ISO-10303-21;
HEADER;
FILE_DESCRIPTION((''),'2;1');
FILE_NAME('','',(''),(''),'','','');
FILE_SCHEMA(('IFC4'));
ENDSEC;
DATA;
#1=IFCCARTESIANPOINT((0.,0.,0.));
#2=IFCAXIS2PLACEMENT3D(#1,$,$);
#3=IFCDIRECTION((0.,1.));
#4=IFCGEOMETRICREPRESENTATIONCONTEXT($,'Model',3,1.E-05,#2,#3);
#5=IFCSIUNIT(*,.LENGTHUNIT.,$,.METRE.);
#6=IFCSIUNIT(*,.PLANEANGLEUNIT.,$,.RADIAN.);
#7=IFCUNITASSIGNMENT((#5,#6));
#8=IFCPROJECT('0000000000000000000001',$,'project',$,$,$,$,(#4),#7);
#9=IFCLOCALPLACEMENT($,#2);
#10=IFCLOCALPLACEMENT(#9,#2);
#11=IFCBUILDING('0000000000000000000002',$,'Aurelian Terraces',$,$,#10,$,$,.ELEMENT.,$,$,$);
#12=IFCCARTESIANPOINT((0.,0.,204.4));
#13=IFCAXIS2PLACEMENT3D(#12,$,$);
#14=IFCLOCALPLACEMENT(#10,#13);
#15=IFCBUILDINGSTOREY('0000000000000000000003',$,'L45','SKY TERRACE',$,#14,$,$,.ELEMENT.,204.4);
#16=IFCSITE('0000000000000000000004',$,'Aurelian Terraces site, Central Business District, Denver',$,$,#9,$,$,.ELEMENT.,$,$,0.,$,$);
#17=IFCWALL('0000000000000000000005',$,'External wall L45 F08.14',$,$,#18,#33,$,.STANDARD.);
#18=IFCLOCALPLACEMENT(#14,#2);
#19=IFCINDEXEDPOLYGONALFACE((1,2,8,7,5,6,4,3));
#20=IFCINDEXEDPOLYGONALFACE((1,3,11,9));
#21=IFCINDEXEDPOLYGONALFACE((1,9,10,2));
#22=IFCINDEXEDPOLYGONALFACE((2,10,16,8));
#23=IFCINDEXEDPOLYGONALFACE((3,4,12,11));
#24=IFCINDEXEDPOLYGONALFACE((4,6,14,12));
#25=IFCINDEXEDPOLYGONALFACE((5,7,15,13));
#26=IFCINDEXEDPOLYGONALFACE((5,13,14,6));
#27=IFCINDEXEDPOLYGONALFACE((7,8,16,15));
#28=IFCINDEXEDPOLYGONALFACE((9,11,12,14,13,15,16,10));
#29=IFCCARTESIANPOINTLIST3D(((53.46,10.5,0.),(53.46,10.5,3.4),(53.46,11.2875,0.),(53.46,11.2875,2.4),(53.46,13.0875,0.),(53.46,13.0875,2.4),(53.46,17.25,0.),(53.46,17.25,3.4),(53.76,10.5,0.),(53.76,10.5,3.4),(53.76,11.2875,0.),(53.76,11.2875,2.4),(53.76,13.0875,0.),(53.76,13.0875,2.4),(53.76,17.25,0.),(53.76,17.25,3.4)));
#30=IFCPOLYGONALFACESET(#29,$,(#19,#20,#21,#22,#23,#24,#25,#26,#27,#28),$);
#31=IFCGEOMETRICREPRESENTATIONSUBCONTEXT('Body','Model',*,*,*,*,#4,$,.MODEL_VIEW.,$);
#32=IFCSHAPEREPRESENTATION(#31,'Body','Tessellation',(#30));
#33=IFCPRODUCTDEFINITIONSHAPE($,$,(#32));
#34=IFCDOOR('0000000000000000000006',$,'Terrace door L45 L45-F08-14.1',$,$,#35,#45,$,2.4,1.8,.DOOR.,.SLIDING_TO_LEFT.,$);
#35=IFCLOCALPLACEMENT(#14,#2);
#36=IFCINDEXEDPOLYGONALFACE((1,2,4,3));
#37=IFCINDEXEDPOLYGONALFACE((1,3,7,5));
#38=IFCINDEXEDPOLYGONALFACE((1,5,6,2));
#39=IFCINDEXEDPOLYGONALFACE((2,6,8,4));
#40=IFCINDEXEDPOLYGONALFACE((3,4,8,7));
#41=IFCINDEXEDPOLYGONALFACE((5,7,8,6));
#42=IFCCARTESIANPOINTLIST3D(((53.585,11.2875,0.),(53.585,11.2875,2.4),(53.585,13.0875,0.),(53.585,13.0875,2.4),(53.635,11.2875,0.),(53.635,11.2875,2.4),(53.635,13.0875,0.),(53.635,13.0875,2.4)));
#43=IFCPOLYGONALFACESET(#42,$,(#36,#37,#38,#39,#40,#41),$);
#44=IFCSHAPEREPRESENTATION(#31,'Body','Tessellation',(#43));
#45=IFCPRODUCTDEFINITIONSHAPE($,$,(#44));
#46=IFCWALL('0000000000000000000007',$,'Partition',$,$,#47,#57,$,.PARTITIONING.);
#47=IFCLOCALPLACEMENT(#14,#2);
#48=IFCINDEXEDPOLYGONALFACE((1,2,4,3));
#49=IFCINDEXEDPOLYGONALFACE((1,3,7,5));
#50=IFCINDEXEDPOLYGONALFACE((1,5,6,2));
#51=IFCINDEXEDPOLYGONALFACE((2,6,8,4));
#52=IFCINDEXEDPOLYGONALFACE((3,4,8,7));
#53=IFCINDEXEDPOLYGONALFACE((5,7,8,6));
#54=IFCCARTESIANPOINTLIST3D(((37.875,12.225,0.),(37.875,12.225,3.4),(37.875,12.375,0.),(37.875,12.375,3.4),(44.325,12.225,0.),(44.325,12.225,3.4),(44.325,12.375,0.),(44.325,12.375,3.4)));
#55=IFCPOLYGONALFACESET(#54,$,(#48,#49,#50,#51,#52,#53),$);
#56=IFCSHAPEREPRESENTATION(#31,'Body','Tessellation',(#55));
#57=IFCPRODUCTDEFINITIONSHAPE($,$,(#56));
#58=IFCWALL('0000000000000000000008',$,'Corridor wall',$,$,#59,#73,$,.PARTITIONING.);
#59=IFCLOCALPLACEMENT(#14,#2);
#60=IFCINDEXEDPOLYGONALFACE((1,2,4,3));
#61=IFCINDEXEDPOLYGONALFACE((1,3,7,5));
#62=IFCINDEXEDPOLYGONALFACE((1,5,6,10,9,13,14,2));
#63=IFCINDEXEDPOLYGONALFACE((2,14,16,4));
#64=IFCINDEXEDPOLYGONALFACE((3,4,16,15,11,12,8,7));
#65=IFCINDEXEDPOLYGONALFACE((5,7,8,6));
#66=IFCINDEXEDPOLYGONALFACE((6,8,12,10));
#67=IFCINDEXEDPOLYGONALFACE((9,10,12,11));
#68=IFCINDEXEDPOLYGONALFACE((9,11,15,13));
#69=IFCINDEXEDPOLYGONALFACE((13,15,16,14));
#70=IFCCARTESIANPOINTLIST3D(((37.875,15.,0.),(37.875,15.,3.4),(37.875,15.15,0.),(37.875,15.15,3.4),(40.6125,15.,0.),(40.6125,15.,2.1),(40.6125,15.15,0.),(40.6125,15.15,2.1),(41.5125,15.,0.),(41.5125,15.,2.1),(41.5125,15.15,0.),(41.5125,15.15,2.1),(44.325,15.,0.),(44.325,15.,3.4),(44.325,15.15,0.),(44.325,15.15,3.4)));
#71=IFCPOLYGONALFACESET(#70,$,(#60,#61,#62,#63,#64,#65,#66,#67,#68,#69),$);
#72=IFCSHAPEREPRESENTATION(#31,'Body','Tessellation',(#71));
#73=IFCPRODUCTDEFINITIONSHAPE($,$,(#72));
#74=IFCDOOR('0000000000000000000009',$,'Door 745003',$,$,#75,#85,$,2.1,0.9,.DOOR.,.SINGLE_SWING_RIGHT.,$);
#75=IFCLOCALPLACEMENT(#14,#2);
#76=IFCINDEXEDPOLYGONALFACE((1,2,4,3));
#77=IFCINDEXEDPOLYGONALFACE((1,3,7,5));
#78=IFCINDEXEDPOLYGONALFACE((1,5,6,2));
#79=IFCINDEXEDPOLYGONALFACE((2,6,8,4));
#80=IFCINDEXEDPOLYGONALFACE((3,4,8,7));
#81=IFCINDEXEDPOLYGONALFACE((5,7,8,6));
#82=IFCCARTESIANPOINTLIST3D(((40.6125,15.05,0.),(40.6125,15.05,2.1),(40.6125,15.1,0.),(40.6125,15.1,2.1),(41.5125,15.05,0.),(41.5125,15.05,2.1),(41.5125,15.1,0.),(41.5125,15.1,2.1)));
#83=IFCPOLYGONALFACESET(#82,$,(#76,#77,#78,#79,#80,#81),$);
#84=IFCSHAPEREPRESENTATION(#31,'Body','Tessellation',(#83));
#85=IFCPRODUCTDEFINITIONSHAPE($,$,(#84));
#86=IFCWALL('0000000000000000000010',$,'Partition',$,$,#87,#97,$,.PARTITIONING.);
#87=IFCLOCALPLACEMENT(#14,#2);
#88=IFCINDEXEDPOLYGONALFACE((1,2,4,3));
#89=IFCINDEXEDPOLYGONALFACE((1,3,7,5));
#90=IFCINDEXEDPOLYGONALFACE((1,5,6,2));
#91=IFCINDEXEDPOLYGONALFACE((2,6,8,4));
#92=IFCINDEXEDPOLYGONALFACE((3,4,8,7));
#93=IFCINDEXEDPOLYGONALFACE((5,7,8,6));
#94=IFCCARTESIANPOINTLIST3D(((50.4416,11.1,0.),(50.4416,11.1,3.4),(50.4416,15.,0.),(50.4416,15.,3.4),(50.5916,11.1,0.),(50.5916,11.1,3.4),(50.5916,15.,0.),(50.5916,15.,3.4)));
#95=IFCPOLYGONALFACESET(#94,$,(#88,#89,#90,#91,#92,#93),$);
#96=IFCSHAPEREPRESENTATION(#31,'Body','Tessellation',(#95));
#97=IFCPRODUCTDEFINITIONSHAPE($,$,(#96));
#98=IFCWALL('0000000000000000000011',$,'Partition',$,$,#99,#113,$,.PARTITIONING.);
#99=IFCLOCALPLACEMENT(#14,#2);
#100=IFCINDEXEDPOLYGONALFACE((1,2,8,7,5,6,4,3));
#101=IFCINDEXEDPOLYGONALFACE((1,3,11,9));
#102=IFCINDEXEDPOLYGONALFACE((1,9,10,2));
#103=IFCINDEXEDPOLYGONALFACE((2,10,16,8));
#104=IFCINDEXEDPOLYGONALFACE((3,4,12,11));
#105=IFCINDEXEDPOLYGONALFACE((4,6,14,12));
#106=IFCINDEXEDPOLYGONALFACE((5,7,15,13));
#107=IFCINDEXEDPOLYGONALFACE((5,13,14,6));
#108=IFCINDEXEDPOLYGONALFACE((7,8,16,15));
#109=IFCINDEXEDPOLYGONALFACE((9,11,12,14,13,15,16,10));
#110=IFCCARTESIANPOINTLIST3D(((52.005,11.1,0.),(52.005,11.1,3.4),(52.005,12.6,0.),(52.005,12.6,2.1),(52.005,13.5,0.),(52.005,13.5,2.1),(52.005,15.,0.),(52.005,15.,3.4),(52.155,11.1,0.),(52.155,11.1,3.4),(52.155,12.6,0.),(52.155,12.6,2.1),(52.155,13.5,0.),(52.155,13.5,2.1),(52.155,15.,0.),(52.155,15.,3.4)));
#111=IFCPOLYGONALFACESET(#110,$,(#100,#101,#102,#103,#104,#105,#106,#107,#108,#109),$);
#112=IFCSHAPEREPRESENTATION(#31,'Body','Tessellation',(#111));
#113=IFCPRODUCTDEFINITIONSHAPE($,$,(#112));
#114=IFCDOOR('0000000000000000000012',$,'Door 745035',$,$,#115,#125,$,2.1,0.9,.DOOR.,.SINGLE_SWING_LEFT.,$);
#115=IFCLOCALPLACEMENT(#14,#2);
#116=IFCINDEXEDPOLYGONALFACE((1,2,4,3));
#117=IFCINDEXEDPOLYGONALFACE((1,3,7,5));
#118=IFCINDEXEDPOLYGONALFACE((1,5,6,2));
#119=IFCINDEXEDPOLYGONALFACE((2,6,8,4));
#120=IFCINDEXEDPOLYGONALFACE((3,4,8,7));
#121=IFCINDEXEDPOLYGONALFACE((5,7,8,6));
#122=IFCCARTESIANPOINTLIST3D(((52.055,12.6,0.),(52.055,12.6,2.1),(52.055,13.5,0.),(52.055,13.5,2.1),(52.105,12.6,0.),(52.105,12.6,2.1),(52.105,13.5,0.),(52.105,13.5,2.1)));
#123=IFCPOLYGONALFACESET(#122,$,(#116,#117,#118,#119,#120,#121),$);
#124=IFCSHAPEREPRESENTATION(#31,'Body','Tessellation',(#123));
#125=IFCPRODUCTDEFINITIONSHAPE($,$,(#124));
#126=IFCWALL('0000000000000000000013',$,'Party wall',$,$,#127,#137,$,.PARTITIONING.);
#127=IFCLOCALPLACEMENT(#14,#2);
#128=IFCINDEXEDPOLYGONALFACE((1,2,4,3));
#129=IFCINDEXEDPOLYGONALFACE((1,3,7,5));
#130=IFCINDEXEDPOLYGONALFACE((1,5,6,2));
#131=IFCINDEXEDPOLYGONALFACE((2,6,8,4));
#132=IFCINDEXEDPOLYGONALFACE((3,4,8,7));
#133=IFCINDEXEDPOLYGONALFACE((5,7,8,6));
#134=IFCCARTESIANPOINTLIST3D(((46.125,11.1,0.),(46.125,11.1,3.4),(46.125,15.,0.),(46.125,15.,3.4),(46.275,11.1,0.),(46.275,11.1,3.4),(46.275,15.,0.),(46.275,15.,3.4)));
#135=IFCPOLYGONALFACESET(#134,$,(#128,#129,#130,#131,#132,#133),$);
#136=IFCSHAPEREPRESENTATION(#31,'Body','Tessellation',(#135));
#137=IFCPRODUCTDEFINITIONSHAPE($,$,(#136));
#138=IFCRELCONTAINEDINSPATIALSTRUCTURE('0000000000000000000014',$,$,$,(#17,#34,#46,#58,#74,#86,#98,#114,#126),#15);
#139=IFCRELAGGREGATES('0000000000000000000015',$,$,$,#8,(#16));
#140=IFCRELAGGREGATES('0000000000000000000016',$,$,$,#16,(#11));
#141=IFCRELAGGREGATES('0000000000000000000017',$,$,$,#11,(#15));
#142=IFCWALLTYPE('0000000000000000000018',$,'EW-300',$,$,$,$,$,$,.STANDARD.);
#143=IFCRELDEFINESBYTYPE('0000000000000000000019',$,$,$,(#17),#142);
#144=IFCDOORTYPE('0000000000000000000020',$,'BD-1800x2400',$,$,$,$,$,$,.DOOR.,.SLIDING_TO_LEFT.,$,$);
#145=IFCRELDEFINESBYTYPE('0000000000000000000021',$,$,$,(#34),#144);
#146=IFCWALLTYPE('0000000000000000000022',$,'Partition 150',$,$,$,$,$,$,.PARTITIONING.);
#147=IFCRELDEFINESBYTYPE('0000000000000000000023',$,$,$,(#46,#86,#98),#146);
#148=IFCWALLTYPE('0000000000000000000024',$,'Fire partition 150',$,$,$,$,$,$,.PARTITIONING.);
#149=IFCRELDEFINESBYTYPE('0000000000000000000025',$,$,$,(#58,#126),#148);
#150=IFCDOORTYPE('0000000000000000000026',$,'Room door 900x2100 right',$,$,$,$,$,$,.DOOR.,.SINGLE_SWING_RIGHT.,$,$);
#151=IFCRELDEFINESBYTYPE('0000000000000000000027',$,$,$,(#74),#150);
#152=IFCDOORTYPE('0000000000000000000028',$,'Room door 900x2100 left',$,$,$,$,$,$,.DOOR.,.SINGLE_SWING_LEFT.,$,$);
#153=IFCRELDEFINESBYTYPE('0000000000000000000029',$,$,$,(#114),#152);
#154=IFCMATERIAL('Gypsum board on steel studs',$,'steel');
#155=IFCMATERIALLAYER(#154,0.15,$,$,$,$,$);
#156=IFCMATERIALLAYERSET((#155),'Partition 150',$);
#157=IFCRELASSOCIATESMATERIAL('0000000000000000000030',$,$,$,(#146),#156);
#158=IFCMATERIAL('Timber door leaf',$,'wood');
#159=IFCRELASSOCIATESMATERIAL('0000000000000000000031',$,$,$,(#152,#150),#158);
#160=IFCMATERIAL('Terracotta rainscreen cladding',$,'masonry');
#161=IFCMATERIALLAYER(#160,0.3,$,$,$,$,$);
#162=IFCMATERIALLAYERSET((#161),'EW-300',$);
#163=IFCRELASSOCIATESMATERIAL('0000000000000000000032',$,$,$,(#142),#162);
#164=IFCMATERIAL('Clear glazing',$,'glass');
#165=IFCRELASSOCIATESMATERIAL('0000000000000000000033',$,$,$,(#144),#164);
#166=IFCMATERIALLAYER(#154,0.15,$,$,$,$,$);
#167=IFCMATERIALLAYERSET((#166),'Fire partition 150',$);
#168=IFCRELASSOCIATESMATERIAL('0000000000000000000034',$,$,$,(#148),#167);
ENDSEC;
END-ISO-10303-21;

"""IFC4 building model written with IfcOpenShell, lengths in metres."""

from ifc_helpers import new_model, si_unit, direction, frame, frame_2d, origin, place, context, subcontext, project, spatial, rectangle, extrude, source, transform, mapped, material, layer, layer_set, type_object, element, fill, save


model = new_model("IFC4")

# Units and contexts
model_context = context("Model", 3, precision=1e-05, world=origin(), true_north=direction((0.0, 1.0)))
body_context = subcontext(model_context, "Body", "Model", "MODEL_VIEW")
ifc_project = project(units=[si_unit("LENGTHUNIT", "METRE"), si_unit("PLANEANGLEUNIT", "RADIAN")], contexts=[model_context])

# Site, building, storey
site_placement = place(None, origin())
site = spatial("IfcSite", under=ifc_project, at=site_placement, Name="Aurelian Terraces site, Central Business District, Denver", CompositionType="ELEMENT", RefElevation=0.0)
building_placement = place(site_placement, origin())
building = spatial("IfcBuilding", under=site, at=building_placement, Name="Aurelian Terraces", CompositionType="ELEMENT")
storey_placement = place(building_placement, frame((0.0, 0.0, 204.4)))
storey = spatial("IfcBuildingStorey", under=building, at=storey_placement, Name="L45", Description="SKY TERRACE", CompositionType="ELEMENT", Elevation=204.4)

# Shared definitions
ifc_material_1 = material(Name="Gypsum board on steel studs", Category="steel")
ifc_layer_1 = layer(ifc_material_1, 0.15)
ifc_layer_set_1 = layer_set([ifc_layer_1], Name="Partition 150")
wall_type_1 = type_object("IfcWallType", Name="Partition 150", PredefinedType="PARTITIONING", material=ifc_layer_set_1)
shared_shape_1 = source(origin(), body_context, "Body", "SweptSolid", [
    extrude(rectangle(XDim=0.9, YDim=2.1, at=frame_2d((0.45, 1.05))), frame((0.0, 0.085, 0.0), z_axis=(0.0, -1.0, 0.0), x_axis=(1.0, 0.0, 0.0)), (0.0, 0.0, 1.0), 0.17),
])
ifc_material_2 = material(Name="Timber door leaf", Category="wood")
door_type_1 = type_object("IfcDoorType", Name="Room door 900x2100 left", OperationType="SINGLE_SWING_LEFT", PredefinedType="DOOR", material=ifc_material_2)
shared_shape_2 = source(origin(), body_context, "Body", "SweptSolid", [
    extrude(rectangle(XDim=0.9, YDim=2.1, at=frame_2d((0.45, 1.05))), frame((0.0, 0.025, 0.0), z_axis=(0.0, -1.0, 0.0), x_axis=(1.0, 0.0, 0.0)), (0.0, 0.0, 1.0), 0.05),
])

# Shared definitions
ifc_material_3 = material(Name="Terracotta rainscreen cladding", Category="masonry")
ifc_layer_2 = layer(ifc_material_3, 0.3)
ifc_layer_set_2 = layer_set([ifc_layer_2], Name="EW-300")
wall_type_2 = type_object("IfcWallType", Name="EW-300", PredefinedType="STANDARD", material=ifc_layer_set_2)
ifc_material_4 = material(Name="Clear glazing", Category="glass")

# Wall, opening, door
shared_shape_3 = source(origin(), body_context, "Body", "SweptSolid", [
    extrude(rectangle(XDim=6.75, YDim=0.3, at=frame_2d((3.375, 0.0))), origin(), (0.0, 0.0, 1.0), 3.4),
])
wall_1_placement = place(storey_placement, frame((53.61, 10.5, 0.0), z_axis=(0.0, 0.0, 1.0), x_axis=(0.0, 1.0, 0.0)))
wall_1 = element("IfcWall", 1, at=wall_1_placement, inside=storey, type_object=wall_type_2, Name="External wall L45 F08.14", PredefinedType="STANDARD", context=body_context, shape_type="MappedRepresentation", body=[
    mapped(shared_shape_3, transform((0.0, 0.0, 0.0), scale=1.0)),
])
shared_shape_4 = source(origin(), body_context, "Body", "SweptSolid", [
    extrude(rectangle(XDim=1.8, YDim=2.4, at=frame_2d((0.9, 1.2))), frame((0.0, 0.16, 0.0), z_axis=(0.0, -1.0, 0.0), x_axis=(1.0, 0.0, 0.0)), (0.0, 0.0, 1.0), 0.32),
])
opening_1_placement = place(wall_1_placement, frame((0.7875, 0.0, 0.0)))
opening_1 = element("IfcOpeningElement", 2, at=opening_1_placement, cuts=wall_1, PredefinedType="OPENING", context=body_context, shape_type="MappedRepresentation", body=[
    mapped(shared_shape_4, transform((0.0, 0.0, 0.0), scale=1.0)),
])
door_type_2 = type_object("IfcDoorType", Name="BD-1800x2400", OperationType="SLIDING_TO_LEFT", PredefinedType="DOOR", material=ifc_material_4)
shared_shape_5 = source(origin(), body_context, "Body", "SweptSolid", [
    extrude(rectangle(XDim=1.8, YDim=2.4, at=frame_2d((0.9, 1.2))), frame((0.0, 0.025, 0.0), z_axis=(0.0, -1.0, 0.0), x_axis=(1.0, 0.0, 0.0)), (0.0, 0.0, 1.0), 0.05),
])
door_1_placement = place(opening_1_placement, origin())
door_1 = element("IfcDoor", 3, at=door_1_placement, inside=storey, type_object=door_type_2, Name="Terrace door L45 L45-F08-14.1", OperationType="SLIDING_TO_LEFT", OverallHeight=2.4, OverallWidth=1.8, PredefinedType="DOOR", context=body_context, shape_type="MappedRepresentation", body=[
    mapped(shared_shape_5, transform((0.0, 0.0, 0.0), scale=1.0)),
])
fill(opening_1, door_1)

# Wall
shared_shape_6 = source(origin(), body_context, "Body", "SweptSolid", [
    extrude(rectangle(XDim=6.45, YDim=0.15, at=frame_2d((3.225, 0.0))), origin(), (0.0, 0.0, 1.0), 3.4),
])
wall_2_placement = place(storey_placement, frame((37.875, 12.3, 0.0), z_axis=(0.0, 0.0, 1.0), x_axis=(1.0, 0.0, 0.0)))
element("IfcWall", 4, at=wall_2_placement, inside=storey, type_object=wall_type_1, Name="Partition", PredefinedType="PARTITIONING", context=body_context, shape_type="MappedRepresentation", body=[
    mapped(shared_shape_6, transform((0.0, 0.0, 0.0), scale=1.0)),
])

# Wall, opening, door
ifc_layer_3 = layer(ifc_material_1, 0.15)
ifc_layer_set_3 = layer_set([ifc_layer_3], Name="Fire partition 150")
wall_type_3 = type_object("IfcWallType", Name="Fire partition 150", PredefinedType="PARTITIONING", material=ifc_layer_set_3)
wall_3_placement = place(storey_placement, frame((44.325, 15.075, 0.0), z_axis=(0.0, 0.0, 1.0), x_axis=(-1.0, 0.0, 0.0)))
wall_3 = element("IfcWall", 5, at=wall_3_placement, inside=storey, type_object=wall_type_3, Name="Corridor wall", PredefinedType="PARTITIONING", context=body_context, shape_type="MappedRepresentation", body=[
    mapped(shared_shape_6, transform((0.0, 0.0, 0.0), scale=1.0)),
])
opening_2_placement = place(wall_3_placement, frame((2.8125, 0.0, 0.0)))
opening_2 = element("IfcOpeningElement", 6, at=opening_2_placement, cuts=wall_3, PredefinedType="OPENING", context=body_context, shape_type="MappedRepresentation", body=[
    mapped(shared_shape_1, transform((0.0, 0.0, 0.0), scale=1.0)),
])
door_type_3 = type_object("IfcDoorType", Name="Room door 900x2100 right", OperationType="SINGLE_SWING_RIGHT", PredefinedType="DOOR", material=ifc_material_2)
door_2_placement = place(opening_2_placement, origin())
door_2 = element("IfcDoor", 7, at=door_2_placement, inside=storey, type_object=door_type_3, Name="Door 745003", OperationType="SINGLE_SWING_RIGHT", OverallHeight=2.1, OverallWidth=0.9, PredefinedType="DOOR", context=body_context, shape_type="MappedRepresentation", body=[
    mapped(shared_shape_2, transform((0.0, 0.0, 0.0), scale=1.0)),
])
fill(opening_2, door_2)

# Wall
shared_shape_7 = source(origin(), body_context, "Body", "SweptSolid", [
    extrude(rectangle(XDim=3.9, YDim=0.15, at=frame_2d((1.95, 0.0))), origin(), (0.0, 0.0, 1.0), 3.4),
])
wall_4_placement = place(storey_placement, frame((50.5166, 11.1, 0.0), z_axis=(0.0, 0.0, 1.0), x_axis=(0.0, 1.0, 0.0)))
element("IfcWall", 8, at=wall_4_placement, inside=storey, type_object=wall_type_1, Name="Partition", PredefinedType="PARTITIONING", context=body_context, shape_type="MappedRepresentation", body=[
    mapped(shared_shape_7, transform((0.0, 0.0, 0.0), scale=1.0)),
])

# Wall, opening, door
wall_5_placement = place(storey_placement, frame((52.08, 11.1, 0.0), z_axis=(0.0, 0.0, 1.0), x_axis=(0.0, 1.0, 0.0)))
wall_5 = element("IfcWall", 9, at=wall_5_placement, inside=storey, type_object=wall_type_1, Name="Partition", PredefinedType="PARTITIONING", context=body_context, shape_type="MappedRepresentation", body=[
    mapped(shared_shape_7, transform((0.0, 0.0, 0.0), scale=1.0)),
])
opening_3_placement = place(wall_5_placement, frame((1.5, 0.0, 0.0)))
opening_3 = element("IfcOpeningElement", 10, at=opening_3_placement, cuts=wall_5, PredefinedType="OPENING", context=body_context, shape_type="MappedRepresentation", body=[
    mapped(shared_shape_1, transform((0.0, 0.0, 0.0), scale=1.0)),
])
door_3_placement = place(opening_3_placement, origin())
door_3 = element("IfcDoor", 11, at=door_3_placement, inside=storey, type_object=door_type_1, Name="Door 745035", OperationType="SINGLE_SWING_LEFT", OverallHeight=2.1, OverallWidth=0.9, PredefinedType="DOOR", context=body_context, shape_type="MappedRepresentation", body=[
    mapped(shared_shape_2, transform((0.0, 0.0, 0.0), scale=1.0)),
])
fill(opening_3, door_3)

# Wall
wall_6_placement = place(storey_placement, frame((46.2, 11.1, 0.0), z_axis=(0.0, 0.0, 1.0), x_axis=(0.0, 1.0, 0.0)))
element("IfcWall", 12, at=wall_6_placement, inside=storey, type_object=wall_type_3, Name="Party wall", PredefinedType="PARTITIONING", context=body_context, shape_type="MappedRepresentation", body=[
    mapped(shared_shape_7, transform((0.0, 0.0, 0.0), scale=1.0)),
])

save(model, "model.ifc")
